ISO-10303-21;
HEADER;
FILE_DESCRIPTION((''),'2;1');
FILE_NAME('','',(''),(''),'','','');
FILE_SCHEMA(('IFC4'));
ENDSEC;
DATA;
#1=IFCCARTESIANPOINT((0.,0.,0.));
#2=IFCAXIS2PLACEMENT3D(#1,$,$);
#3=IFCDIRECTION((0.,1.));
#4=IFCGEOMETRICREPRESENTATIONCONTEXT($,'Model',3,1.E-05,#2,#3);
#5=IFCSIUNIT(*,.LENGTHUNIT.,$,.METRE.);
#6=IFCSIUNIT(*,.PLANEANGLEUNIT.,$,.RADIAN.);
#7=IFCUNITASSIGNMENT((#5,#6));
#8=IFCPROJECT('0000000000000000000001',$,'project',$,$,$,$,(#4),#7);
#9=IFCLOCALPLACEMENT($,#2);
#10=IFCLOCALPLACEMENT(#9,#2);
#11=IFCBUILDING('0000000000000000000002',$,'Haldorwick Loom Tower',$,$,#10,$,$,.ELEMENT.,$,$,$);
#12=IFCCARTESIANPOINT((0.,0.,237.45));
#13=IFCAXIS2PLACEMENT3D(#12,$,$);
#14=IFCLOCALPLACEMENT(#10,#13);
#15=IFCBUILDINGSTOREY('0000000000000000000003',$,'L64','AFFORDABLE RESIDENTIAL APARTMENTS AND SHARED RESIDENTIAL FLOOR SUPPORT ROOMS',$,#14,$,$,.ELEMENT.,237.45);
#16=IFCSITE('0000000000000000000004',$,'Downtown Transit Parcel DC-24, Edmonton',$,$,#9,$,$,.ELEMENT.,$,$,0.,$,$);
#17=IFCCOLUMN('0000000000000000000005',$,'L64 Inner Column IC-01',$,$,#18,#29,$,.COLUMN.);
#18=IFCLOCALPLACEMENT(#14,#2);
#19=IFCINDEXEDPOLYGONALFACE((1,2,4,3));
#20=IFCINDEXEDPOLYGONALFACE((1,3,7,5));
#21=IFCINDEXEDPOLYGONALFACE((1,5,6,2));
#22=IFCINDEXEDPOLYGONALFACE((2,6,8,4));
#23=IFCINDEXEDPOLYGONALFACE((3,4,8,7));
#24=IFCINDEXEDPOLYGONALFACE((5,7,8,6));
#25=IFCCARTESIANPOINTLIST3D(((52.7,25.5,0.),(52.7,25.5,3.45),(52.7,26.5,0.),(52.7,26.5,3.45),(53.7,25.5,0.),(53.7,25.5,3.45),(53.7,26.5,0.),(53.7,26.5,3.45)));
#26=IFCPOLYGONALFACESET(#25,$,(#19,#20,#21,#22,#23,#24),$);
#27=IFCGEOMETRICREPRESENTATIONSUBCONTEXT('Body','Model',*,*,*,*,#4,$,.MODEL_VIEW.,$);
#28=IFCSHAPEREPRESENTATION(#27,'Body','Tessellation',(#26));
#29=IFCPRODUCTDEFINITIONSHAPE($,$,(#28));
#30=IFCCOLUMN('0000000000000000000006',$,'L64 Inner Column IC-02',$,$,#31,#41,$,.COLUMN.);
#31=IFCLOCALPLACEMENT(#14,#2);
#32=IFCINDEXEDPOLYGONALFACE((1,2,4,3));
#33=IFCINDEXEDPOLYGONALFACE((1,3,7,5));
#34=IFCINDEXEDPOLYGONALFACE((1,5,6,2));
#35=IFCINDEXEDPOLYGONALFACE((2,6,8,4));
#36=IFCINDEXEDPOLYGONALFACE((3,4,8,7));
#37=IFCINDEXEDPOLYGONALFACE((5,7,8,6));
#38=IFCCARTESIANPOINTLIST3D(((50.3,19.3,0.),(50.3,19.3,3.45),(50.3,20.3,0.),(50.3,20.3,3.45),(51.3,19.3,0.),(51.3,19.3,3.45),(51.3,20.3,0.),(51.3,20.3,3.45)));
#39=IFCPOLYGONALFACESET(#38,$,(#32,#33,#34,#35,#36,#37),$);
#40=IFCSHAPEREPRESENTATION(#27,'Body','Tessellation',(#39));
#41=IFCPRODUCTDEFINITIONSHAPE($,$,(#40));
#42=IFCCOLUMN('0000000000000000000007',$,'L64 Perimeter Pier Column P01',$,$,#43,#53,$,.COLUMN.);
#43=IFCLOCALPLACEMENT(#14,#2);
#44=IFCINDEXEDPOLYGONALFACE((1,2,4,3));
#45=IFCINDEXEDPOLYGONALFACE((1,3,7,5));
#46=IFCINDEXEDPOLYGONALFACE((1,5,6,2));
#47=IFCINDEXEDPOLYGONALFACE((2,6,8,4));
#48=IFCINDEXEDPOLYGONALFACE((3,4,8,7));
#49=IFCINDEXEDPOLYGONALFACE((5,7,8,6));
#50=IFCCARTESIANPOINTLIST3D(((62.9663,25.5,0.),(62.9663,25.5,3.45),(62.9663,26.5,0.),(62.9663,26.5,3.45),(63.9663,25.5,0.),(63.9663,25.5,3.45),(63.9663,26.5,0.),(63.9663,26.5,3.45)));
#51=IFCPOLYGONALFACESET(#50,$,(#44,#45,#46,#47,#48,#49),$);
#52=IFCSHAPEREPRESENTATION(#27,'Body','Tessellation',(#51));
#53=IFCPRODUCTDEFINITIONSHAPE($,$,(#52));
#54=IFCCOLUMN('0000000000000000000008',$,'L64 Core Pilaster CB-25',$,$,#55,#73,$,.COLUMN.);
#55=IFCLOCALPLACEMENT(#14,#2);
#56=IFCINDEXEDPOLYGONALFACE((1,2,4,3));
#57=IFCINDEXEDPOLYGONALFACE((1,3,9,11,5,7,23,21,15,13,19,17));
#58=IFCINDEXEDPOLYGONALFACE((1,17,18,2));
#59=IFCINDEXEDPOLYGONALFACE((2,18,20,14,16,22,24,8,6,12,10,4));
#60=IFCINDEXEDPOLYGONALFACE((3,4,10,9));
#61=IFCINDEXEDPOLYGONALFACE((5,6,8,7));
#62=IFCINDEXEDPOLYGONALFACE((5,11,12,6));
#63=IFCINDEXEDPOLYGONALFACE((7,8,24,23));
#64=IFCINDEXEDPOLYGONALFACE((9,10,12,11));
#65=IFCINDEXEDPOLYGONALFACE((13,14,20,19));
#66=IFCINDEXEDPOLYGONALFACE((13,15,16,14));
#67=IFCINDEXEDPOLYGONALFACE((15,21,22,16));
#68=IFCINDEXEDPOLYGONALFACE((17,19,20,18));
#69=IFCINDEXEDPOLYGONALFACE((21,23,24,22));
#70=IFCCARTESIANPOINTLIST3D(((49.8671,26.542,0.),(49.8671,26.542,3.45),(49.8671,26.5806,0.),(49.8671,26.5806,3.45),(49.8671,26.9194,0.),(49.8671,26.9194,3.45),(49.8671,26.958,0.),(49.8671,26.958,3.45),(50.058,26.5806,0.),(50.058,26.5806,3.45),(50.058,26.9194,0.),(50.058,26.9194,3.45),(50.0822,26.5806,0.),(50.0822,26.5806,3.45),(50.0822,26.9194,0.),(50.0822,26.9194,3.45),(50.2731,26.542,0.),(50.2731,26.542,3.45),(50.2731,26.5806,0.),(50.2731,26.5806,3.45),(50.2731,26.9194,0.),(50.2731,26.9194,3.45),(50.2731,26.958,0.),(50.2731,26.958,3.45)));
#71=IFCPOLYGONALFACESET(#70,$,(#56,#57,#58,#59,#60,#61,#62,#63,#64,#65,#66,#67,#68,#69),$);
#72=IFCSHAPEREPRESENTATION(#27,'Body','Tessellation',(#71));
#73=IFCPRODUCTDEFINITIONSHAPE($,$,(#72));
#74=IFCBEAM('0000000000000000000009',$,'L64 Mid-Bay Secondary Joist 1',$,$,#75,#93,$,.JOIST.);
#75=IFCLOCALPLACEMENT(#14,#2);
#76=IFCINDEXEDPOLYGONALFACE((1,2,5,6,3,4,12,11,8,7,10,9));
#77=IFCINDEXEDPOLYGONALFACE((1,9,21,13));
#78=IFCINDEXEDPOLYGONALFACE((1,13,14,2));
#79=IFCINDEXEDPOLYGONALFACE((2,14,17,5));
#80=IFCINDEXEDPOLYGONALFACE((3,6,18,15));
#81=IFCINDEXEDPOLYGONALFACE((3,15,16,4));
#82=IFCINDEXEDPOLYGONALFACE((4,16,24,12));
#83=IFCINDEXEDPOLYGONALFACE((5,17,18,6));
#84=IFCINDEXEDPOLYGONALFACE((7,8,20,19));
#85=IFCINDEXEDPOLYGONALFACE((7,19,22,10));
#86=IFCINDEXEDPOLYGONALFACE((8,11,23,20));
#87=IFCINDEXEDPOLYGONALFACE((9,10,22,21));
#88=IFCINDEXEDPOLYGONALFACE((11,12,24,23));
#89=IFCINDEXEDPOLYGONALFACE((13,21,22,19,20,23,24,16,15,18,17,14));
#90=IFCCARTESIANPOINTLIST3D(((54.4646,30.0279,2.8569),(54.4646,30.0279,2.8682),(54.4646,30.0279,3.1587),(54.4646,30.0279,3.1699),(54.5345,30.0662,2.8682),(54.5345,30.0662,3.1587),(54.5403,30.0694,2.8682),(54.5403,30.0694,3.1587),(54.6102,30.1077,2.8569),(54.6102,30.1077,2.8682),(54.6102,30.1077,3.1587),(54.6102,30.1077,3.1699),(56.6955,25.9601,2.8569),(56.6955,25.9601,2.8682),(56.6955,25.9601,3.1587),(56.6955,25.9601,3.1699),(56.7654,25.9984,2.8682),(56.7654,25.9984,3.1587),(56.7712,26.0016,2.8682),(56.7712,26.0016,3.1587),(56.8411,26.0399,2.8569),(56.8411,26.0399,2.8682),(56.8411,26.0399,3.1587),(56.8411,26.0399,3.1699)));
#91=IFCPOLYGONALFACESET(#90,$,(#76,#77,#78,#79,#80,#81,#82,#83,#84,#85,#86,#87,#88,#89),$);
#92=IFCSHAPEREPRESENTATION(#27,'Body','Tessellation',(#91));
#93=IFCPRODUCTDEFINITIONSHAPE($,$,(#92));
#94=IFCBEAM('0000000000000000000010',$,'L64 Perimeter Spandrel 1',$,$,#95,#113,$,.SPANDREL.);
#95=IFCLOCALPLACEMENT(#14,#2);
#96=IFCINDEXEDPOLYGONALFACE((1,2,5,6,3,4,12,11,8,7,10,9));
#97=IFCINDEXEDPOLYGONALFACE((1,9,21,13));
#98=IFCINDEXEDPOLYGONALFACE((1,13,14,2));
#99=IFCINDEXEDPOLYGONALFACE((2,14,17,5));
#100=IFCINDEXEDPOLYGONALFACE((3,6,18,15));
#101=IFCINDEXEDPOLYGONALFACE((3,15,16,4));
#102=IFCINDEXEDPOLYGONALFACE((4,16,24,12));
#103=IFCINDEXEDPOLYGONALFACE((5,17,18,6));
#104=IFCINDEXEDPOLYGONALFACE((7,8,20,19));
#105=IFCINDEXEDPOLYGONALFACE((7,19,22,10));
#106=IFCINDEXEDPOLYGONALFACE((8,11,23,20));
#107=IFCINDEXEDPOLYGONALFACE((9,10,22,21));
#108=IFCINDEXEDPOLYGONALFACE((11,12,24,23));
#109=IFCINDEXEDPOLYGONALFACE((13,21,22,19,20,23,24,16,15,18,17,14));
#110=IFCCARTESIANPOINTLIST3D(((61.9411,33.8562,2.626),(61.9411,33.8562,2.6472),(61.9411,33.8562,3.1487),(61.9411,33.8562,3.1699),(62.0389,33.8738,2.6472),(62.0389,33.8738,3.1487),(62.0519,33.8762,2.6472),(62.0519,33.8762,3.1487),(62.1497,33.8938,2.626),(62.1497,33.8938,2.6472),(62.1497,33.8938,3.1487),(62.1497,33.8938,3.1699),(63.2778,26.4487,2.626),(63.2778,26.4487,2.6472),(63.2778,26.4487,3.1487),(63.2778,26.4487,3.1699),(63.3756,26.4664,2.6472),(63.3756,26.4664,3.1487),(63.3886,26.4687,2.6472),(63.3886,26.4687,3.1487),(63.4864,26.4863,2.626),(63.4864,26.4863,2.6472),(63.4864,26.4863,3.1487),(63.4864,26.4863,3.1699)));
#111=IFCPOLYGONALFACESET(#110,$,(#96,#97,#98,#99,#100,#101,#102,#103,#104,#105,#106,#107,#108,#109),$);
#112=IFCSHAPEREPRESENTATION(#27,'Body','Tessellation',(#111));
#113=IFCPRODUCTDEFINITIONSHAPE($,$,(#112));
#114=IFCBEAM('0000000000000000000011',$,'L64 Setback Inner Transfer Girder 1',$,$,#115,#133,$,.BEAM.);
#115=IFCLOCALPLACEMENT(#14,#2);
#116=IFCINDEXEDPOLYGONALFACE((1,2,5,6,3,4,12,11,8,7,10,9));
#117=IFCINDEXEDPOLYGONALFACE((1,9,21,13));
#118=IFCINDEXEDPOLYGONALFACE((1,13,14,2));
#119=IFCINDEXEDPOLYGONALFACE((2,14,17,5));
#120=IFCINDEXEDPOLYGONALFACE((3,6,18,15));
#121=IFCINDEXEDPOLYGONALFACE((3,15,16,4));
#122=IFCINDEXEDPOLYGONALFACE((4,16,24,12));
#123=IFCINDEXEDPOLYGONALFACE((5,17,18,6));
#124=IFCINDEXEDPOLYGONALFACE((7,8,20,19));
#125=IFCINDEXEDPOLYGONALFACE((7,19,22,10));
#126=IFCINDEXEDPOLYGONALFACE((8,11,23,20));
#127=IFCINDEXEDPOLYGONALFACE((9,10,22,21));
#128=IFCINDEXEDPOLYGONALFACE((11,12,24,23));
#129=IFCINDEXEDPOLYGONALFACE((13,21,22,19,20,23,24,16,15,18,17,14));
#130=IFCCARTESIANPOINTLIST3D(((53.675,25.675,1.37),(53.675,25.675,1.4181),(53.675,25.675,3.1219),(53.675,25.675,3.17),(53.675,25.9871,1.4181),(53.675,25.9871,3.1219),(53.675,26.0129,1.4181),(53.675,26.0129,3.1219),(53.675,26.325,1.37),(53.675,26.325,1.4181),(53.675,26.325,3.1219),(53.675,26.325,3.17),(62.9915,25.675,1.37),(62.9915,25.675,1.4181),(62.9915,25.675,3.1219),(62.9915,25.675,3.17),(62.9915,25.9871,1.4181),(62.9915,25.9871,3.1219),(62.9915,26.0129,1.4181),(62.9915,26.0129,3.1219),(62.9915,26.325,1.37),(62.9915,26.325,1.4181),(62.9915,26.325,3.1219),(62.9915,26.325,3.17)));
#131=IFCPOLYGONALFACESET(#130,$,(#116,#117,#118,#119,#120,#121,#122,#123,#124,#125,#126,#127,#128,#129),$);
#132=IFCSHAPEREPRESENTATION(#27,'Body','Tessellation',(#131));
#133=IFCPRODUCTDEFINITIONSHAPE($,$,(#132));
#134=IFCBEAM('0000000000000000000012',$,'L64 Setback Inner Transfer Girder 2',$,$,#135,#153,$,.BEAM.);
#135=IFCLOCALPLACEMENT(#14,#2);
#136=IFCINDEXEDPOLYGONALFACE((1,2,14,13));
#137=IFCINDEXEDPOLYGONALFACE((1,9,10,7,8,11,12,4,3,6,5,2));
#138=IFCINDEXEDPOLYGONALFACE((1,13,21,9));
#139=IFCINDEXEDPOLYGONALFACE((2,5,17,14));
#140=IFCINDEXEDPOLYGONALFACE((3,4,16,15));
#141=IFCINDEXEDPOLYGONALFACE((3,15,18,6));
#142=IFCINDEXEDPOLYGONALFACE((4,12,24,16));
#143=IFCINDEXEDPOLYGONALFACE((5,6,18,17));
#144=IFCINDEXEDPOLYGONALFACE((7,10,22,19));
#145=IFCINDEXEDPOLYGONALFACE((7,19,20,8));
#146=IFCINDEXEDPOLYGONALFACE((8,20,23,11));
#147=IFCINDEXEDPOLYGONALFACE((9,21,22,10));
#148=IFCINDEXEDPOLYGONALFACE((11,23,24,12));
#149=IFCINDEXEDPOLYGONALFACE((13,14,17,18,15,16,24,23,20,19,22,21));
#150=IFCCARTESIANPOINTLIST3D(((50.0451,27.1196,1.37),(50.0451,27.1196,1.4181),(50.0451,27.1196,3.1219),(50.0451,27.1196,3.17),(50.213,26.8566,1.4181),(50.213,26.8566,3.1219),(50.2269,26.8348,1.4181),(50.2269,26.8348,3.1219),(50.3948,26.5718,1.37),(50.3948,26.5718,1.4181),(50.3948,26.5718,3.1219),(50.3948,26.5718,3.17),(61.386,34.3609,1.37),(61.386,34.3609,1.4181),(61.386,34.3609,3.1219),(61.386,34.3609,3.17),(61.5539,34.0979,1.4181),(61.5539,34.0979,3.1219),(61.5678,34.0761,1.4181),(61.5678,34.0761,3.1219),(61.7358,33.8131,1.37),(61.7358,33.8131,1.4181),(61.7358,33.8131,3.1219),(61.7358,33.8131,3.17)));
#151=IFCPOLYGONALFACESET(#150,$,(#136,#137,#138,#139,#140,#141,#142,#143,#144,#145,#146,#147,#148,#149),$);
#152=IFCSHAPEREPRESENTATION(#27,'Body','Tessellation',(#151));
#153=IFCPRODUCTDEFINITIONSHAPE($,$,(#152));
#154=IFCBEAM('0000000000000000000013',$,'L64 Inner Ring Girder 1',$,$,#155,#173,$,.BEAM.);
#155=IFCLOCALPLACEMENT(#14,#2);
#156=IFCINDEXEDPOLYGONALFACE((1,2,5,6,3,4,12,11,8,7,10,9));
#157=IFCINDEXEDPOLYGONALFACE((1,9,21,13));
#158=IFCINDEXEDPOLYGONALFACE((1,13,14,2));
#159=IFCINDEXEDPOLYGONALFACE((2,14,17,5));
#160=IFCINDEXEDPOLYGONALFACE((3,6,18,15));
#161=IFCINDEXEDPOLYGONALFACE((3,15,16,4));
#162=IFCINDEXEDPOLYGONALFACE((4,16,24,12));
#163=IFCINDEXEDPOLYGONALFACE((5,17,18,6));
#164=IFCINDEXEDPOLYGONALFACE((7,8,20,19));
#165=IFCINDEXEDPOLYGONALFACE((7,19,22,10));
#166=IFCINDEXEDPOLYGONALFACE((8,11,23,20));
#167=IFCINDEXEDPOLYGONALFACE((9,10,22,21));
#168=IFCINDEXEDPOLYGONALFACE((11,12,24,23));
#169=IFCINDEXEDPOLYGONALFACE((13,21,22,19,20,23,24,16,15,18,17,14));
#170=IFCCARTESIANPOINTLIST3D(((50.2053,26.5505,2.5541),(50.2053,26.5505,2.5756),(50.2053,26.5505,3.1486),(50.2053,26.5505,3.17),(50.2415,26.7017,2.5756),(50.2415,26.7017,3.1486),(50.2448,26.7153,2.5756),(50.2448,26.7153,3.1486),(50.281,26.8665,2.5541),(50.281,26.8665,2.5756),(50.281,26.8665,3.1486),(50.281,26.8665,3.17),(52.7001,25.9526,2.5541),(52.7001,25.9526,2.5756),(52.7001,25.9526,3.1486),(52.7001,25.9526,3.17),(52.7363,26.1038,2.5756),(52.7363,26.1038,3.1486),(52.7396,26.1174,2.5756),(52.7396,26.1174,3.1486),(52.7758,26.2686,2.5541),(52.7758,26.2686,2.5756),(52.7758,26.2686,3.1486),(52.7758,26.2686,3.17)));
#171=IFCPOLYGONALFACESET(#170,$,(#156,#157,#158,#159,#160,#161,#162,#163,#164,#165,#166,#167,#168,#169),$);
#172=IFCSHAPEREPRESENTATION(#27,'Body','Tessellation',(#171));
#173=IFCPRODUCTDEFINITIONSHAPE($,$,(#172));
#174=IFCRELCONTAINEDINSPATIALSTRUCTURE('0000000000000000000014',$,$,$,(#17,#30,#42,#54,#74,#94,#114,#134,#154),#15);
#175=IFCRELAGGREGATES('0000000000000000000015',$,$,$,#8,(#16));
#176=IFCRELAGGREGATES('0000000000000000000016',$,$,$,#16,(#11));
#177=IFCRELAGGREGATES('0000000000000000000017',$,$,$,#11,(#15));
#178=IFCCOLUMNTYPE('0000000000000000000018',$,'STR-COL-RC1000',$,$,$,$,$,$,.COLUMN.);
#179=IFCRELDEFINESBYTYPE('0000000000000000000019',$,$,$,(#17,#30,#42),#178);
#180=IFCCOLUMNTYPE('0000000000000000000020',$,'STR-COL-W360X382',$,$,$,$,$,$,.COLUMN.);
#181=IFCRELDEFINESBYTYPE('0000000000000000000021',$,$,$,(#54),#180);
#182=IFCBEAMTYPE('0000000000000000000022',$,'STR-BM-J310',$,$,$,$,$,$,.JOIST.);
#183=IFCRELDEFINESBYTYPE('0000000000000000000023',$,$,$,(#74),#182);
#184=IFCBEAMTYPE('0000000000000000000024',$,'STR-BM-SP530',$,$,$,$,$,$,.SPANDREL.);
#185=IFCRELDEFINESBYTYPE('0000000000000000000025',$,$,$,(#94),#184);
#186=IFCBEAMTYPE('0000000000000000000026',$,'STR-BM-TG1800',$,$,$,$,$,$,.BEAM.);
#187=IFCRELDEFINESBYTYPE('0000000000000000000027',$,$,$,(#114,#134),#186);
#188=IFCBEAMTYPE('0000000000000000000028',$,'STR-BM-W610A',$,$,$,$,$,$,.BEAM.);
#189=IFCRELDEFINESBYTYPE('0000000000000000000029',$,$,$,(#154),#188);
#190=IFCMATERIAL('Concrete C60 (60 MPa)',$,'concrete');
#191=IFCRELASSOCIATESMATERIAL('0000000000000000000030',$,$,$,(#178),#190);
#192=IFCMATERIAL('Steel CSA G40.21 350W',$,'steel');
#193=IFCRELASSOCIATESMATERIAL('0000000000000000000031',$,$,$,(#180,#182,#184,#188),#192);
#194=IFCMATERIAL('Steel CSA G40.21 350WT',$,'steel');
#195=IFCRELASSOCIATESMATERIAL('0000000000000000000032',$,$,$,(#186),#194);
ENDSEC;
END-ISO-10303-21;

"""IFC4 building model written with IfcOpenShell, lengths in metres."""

from ifc_helpers import new_model, si_unit, direction, frame, origin, origin_2d, place, context, subcontext, project, spatial, rectangle, i_section, extrude, material, material_profile, profile_set, type_object, element, save


model = new_model("IFC4")

# Units and contexts
model_context = context("Model", 3, precision=1e-05, world=origin(), true_north=direction((0.0, 1.0)))
body_context = subcontext(model_context, "Body", "Model", "MODEL_VIEW")
ifc_project = project(units=[si_unit("LENGTHUNIT", "METRE"), si_unit("PLANEANGLEUNIT", "RADIAN")], contexts=[model_context])

# Site, building, storey
site_placement = place(None, origin())
site = spatial("IfcSite", under=ifc_project, at=site_placement, Name="Downtown Transit Parcel DC-24, Edmonton", CompositionType="ELEMENT", RefElevation=0.0)
building_placement = place(site_placement, origin())
building = spatial("IfcBuilding", under=site, at=building_placement, Name="Haldorwick Loom Tower", CompositionType="ELEMENT")
storey_placement = place(building_placement, frame((0.0, 0.0, 237.45)))
storey = spatial("IfcBuildingStorey", under=building, at=storey_placement, Name="L64", Description="AFFORDABLE RESIDENTIAL APARTMENTS AND SHARED RESIDENTIAL FLOOR SUPPORT ROOMS", CompositionType="ELEMENT", Elevation=237.45)

# Columns
ifc_material_1 = material(Name="Concrete C60 (60 MPa)", Category="concrete")
ifc_material_profile_1 = material_profile(ifc_material_1, rectangle(XDim=1.0, YDim=1.0, at=origin_2d()), Name="RC1000X1000", Category="concrete")
ifc_profile_set_1 = profile_set([ifc_material_profile_1], Name="Concrete C60 (60 MPa)")
column_type_1 = type_object("IfcColumnType", Name="STR-COL-RC1000", PredefinedType="COLUMN", material=ifc_profile_set_1)
for number, where, z_axis, x_axis, name in (
    (1, (53.2, 26.0, 0.0), (0.0, 0.0, 1.0), (1.0, 0.0, 0.0), "L64 Inner Column IC-01"),
    (2, (50.8, 19.8, 0.0), (0.0, 0.0, 1.0), (1.0, 0.0, 0.0), "L64 Inner Column IC-02"),
    (3, (63.4663, 26.0, 0.0), (0.0, 0.0, 1.0), (1.0, 0.0, 0.0), "L64 Perimeter Pier Column P01"),
):
    element("IfcColumn", number, at=place(storey_placement, frame(where, z_axis=z_axis, x_axis=x_axis)), inside=storey, type_object=column_type_1, Name=name, PredefinedType="COLUMN", context=body_context, shape_type="SweptSolid", body=[
        extrude(rectangle(XDim=1.0, YDim=1.0, at=origin_2d()), origin(), (0.0, 0.0, 1.0), 3.45),
    ])
ifc_material_2 = material(Name="Steel CSA G40.21 350W", Category="steel")
ifc_material_profile_2 = material_profile(ifc_material_2, i_section(OverallWidth=0.406, OverallDepth=0.416, WebThickness=0.0242, FlangeThickness=0.0386, at=origin_2d()), Name="W360X382", Category="steel")
ifc_profile_set_2 = profile_set([ifc_material_profile_2], Name="Steel CSA G40.21 350W")
column_type_2 = type_object("IfcColumnType", Name="STR-COL-W360X382", PredefinedType="COLUMN", material=ifc_profile_set_2)
column_placement = place(storey_placement, frame((50.0701, 26.75, 0.0), z_axis=(0.0, 0.0, 1.0), x_axis=(1.0, 0.0, 0.0)))
element("IfcColumn", 4, at=column_placement, inside=storey, type_object=column_type_2, Name="L64 Core Pilaster CB-25", PredefinedType="COLUMN", context=body_context, shape_type="SweptSolid", body=[
    extrude(i_section(OverallWidth=0.406, OverallDepth=0.416, WebThickness=0.0242, FlangeThickness=0.0386, at=origin_2d()), origin(), (0.0, 0.0, 1.0), 3.45),
])

# Beams
ifc_material_profile_3 = material_profile(ifc_material_2, i_section(OverallWidth=0.166, OverallDepth=0.313, WebThickness=0.0066, FlangeThickness=0.0112, at=origin_2d()), Name="W310X45", Category="steel")
ifc_profile_set_3 = profile_set([ifc_material_profile_3], Name="Steel CSA G40.21 350W")
beam_type_1 = type_object("IfcBeamType", Name="STR-BM-J310", PredefinedType="JOIST", material=ifc_profile_set_3)
beam_1_placement = place(storey_placement, frame((56.7683, 26.0, 3.0134), z_axis=(-0.480864, 0.876795, 0.0), x_axis=(-0.876795, -0.480864, 0.0)))
element("IfcBeam", 5, at=beam_1_placement, inside=storey, type_object=beam_type_1, Name="L64 Mid-Bay Secondary Joist 1", PredefinedType="JOIST", context=body_context, shape_type="SweptSolid", body=[
    extrude(i_section(OverallWidth=0.166, OverallDepth=0.313, WebThickness=0.0066, FlangeThickness=0.0112, at=origin_2d()), origin(), (0.0, 0.0, 1.0), 4.6394),
])
ifc_material_profile_4 = material_profile(ifc_material_2, i_section(OverallWidth=0.2119, OverallDepth=0.5439, WebThickness=0.0132, FlangeThickness=0.0212, at=origin_2d()), Name="W530X123", Category="steel")
ifc_profile_set_4 = profile_set([ifc_material_profile_4], Name="Steel CSA G40.21 350W")
beam_type_2 = type_object("IfcBeamType", Name="STR-BM-SP530", PredefinedType="SPANDREL", material=ifc_profile_set_4)
beam_2_placement = place(storey_placement, frame((63.3821, 26.4675, 2.8979), z_axis=(-0.177581, 0.984106, 0.0), x_axis=(-0.984106, -0.177581, 0.0)))
element("IfcBeam", 6, at=beam_2_placement, inside=storey, type_object=beam_type_2, Name="L64 Perimeter Spandrel 1", PredefinedType="SPANDREL", context=body_context, shape_type="SweptSolid", body=[
    extrude(i_section(OverallWidth=0.2119, OverallDepth=0.5439, WebThickness=0.0132, FlangeThickness=0.0212, at=origin_2d()), origin(), (0.0, 0.0, 1.0), 7.5271),
])
ifc_material_3 = material(Name="Steel CSA G40.21 350WT", Category="steel")
ifc_material_profile_5 = material_profile(ifc_material_3, i_section(OverallWidth=0.6499, OverallDepth=1.8, WebThickness=0.0259, FlangeThickness=0.0481, at=origin_2d()), Name="WWF1800X650", Category="steel")
ifc_profile_set_5 = profile_set([ifc_material_profile_5], Name="Steel CSA G40.21 350WT")
beam_type_3 = type_object("IfcBeamType", Name="STR-BM-TG1800", PredefinedType="BEAM", material=ifc_profile_set_5)
beam_3_placement = place(storey_placement, frame((53.675, 26.0, 2.27), z_axis=(1.0, 0.0, 0.0), x_axis=(0.0, 1.0, 0.0)))
element("IfcBeam", 7, at=beam_3_placement, inside=storey, type_object=beam_type_3, Name="L64 Setback Inner Transfer Girder 1", PredefinedType="BEAM", context=body_context, shape_type="SweptSolid", body=[
    extrude(i_section(OverallWidth=0.6499, OverallDepth=1.8, WebThickness=0.0259, FlangeThickness=0.0481, at=origin_2d()), origin(), (0.0, 0.0, 1.0), 9.3164),
])
beam_4_placement = place(storey_placement, frame((50.22, 26.8457, 2.27), z_axis=(0.842842, 0.538162, 0.0), x_axis=(-0.538162, 0.842842, 0.0)))
element("IfcBeam", 8, at=beam_4_placement, inside=storey, type_object=beam_type_3, Name="L64 Setback Inner Transfer Girder 2", PredefinedType="BEAM", context=body_context, shape_type="SweptSolid", body=[
    extrude(i_section(OverallWidth=0.6499, OverallDepth=1.8, WebThickness=0.0259, FlangeThickness=0.0481, at=origin_2d()), origin(), (0.0, 0.0, 1.0), 13.4556),
])
ifc_material_profile_6 = material_profile(ifc_material_2, i_section(OverallWidth=0.325, OverallDepth=0.616, WebThickness=0.0139, FlangeThickness=0.0215, at=origin_2d()), Name="W610X174", Category="steel")
ifc_profile_set_6 = profile_set([ifc_material_profile_6], Name="Steel CSA G40.21 350W")
beam_type_4 = type_object("IfcBeamType", Name="STR-BM-W610A", PredefinedType="BEAM", material=ifc_profile_set_6)
beam_5_placement = place(storey_placement, frame((50.2432, 26.7085, 2.8621), z_axis=(0.972464, -0.233053, 0.0), x_axis=(0.233053, 0.972464, 0.0)))
element("IfcBeam", 9, at=beam_5_placement, inside=storey, type_object=beam_type_4, Name="L64 Inner Ring Girder 1", PredefinedType="BEAM", context=body_context, shape_type="SweptSolid", body=[
    extrude(i_section(OverallWidth=0.325, OverallDepth=0.616, WebThickness=0.0139, FlangeThickness=0.0215, at=origin_2d()), origin(), (0.0, 0.0, 1.0), 2.5654),
])

save(model, "model.ifc")
